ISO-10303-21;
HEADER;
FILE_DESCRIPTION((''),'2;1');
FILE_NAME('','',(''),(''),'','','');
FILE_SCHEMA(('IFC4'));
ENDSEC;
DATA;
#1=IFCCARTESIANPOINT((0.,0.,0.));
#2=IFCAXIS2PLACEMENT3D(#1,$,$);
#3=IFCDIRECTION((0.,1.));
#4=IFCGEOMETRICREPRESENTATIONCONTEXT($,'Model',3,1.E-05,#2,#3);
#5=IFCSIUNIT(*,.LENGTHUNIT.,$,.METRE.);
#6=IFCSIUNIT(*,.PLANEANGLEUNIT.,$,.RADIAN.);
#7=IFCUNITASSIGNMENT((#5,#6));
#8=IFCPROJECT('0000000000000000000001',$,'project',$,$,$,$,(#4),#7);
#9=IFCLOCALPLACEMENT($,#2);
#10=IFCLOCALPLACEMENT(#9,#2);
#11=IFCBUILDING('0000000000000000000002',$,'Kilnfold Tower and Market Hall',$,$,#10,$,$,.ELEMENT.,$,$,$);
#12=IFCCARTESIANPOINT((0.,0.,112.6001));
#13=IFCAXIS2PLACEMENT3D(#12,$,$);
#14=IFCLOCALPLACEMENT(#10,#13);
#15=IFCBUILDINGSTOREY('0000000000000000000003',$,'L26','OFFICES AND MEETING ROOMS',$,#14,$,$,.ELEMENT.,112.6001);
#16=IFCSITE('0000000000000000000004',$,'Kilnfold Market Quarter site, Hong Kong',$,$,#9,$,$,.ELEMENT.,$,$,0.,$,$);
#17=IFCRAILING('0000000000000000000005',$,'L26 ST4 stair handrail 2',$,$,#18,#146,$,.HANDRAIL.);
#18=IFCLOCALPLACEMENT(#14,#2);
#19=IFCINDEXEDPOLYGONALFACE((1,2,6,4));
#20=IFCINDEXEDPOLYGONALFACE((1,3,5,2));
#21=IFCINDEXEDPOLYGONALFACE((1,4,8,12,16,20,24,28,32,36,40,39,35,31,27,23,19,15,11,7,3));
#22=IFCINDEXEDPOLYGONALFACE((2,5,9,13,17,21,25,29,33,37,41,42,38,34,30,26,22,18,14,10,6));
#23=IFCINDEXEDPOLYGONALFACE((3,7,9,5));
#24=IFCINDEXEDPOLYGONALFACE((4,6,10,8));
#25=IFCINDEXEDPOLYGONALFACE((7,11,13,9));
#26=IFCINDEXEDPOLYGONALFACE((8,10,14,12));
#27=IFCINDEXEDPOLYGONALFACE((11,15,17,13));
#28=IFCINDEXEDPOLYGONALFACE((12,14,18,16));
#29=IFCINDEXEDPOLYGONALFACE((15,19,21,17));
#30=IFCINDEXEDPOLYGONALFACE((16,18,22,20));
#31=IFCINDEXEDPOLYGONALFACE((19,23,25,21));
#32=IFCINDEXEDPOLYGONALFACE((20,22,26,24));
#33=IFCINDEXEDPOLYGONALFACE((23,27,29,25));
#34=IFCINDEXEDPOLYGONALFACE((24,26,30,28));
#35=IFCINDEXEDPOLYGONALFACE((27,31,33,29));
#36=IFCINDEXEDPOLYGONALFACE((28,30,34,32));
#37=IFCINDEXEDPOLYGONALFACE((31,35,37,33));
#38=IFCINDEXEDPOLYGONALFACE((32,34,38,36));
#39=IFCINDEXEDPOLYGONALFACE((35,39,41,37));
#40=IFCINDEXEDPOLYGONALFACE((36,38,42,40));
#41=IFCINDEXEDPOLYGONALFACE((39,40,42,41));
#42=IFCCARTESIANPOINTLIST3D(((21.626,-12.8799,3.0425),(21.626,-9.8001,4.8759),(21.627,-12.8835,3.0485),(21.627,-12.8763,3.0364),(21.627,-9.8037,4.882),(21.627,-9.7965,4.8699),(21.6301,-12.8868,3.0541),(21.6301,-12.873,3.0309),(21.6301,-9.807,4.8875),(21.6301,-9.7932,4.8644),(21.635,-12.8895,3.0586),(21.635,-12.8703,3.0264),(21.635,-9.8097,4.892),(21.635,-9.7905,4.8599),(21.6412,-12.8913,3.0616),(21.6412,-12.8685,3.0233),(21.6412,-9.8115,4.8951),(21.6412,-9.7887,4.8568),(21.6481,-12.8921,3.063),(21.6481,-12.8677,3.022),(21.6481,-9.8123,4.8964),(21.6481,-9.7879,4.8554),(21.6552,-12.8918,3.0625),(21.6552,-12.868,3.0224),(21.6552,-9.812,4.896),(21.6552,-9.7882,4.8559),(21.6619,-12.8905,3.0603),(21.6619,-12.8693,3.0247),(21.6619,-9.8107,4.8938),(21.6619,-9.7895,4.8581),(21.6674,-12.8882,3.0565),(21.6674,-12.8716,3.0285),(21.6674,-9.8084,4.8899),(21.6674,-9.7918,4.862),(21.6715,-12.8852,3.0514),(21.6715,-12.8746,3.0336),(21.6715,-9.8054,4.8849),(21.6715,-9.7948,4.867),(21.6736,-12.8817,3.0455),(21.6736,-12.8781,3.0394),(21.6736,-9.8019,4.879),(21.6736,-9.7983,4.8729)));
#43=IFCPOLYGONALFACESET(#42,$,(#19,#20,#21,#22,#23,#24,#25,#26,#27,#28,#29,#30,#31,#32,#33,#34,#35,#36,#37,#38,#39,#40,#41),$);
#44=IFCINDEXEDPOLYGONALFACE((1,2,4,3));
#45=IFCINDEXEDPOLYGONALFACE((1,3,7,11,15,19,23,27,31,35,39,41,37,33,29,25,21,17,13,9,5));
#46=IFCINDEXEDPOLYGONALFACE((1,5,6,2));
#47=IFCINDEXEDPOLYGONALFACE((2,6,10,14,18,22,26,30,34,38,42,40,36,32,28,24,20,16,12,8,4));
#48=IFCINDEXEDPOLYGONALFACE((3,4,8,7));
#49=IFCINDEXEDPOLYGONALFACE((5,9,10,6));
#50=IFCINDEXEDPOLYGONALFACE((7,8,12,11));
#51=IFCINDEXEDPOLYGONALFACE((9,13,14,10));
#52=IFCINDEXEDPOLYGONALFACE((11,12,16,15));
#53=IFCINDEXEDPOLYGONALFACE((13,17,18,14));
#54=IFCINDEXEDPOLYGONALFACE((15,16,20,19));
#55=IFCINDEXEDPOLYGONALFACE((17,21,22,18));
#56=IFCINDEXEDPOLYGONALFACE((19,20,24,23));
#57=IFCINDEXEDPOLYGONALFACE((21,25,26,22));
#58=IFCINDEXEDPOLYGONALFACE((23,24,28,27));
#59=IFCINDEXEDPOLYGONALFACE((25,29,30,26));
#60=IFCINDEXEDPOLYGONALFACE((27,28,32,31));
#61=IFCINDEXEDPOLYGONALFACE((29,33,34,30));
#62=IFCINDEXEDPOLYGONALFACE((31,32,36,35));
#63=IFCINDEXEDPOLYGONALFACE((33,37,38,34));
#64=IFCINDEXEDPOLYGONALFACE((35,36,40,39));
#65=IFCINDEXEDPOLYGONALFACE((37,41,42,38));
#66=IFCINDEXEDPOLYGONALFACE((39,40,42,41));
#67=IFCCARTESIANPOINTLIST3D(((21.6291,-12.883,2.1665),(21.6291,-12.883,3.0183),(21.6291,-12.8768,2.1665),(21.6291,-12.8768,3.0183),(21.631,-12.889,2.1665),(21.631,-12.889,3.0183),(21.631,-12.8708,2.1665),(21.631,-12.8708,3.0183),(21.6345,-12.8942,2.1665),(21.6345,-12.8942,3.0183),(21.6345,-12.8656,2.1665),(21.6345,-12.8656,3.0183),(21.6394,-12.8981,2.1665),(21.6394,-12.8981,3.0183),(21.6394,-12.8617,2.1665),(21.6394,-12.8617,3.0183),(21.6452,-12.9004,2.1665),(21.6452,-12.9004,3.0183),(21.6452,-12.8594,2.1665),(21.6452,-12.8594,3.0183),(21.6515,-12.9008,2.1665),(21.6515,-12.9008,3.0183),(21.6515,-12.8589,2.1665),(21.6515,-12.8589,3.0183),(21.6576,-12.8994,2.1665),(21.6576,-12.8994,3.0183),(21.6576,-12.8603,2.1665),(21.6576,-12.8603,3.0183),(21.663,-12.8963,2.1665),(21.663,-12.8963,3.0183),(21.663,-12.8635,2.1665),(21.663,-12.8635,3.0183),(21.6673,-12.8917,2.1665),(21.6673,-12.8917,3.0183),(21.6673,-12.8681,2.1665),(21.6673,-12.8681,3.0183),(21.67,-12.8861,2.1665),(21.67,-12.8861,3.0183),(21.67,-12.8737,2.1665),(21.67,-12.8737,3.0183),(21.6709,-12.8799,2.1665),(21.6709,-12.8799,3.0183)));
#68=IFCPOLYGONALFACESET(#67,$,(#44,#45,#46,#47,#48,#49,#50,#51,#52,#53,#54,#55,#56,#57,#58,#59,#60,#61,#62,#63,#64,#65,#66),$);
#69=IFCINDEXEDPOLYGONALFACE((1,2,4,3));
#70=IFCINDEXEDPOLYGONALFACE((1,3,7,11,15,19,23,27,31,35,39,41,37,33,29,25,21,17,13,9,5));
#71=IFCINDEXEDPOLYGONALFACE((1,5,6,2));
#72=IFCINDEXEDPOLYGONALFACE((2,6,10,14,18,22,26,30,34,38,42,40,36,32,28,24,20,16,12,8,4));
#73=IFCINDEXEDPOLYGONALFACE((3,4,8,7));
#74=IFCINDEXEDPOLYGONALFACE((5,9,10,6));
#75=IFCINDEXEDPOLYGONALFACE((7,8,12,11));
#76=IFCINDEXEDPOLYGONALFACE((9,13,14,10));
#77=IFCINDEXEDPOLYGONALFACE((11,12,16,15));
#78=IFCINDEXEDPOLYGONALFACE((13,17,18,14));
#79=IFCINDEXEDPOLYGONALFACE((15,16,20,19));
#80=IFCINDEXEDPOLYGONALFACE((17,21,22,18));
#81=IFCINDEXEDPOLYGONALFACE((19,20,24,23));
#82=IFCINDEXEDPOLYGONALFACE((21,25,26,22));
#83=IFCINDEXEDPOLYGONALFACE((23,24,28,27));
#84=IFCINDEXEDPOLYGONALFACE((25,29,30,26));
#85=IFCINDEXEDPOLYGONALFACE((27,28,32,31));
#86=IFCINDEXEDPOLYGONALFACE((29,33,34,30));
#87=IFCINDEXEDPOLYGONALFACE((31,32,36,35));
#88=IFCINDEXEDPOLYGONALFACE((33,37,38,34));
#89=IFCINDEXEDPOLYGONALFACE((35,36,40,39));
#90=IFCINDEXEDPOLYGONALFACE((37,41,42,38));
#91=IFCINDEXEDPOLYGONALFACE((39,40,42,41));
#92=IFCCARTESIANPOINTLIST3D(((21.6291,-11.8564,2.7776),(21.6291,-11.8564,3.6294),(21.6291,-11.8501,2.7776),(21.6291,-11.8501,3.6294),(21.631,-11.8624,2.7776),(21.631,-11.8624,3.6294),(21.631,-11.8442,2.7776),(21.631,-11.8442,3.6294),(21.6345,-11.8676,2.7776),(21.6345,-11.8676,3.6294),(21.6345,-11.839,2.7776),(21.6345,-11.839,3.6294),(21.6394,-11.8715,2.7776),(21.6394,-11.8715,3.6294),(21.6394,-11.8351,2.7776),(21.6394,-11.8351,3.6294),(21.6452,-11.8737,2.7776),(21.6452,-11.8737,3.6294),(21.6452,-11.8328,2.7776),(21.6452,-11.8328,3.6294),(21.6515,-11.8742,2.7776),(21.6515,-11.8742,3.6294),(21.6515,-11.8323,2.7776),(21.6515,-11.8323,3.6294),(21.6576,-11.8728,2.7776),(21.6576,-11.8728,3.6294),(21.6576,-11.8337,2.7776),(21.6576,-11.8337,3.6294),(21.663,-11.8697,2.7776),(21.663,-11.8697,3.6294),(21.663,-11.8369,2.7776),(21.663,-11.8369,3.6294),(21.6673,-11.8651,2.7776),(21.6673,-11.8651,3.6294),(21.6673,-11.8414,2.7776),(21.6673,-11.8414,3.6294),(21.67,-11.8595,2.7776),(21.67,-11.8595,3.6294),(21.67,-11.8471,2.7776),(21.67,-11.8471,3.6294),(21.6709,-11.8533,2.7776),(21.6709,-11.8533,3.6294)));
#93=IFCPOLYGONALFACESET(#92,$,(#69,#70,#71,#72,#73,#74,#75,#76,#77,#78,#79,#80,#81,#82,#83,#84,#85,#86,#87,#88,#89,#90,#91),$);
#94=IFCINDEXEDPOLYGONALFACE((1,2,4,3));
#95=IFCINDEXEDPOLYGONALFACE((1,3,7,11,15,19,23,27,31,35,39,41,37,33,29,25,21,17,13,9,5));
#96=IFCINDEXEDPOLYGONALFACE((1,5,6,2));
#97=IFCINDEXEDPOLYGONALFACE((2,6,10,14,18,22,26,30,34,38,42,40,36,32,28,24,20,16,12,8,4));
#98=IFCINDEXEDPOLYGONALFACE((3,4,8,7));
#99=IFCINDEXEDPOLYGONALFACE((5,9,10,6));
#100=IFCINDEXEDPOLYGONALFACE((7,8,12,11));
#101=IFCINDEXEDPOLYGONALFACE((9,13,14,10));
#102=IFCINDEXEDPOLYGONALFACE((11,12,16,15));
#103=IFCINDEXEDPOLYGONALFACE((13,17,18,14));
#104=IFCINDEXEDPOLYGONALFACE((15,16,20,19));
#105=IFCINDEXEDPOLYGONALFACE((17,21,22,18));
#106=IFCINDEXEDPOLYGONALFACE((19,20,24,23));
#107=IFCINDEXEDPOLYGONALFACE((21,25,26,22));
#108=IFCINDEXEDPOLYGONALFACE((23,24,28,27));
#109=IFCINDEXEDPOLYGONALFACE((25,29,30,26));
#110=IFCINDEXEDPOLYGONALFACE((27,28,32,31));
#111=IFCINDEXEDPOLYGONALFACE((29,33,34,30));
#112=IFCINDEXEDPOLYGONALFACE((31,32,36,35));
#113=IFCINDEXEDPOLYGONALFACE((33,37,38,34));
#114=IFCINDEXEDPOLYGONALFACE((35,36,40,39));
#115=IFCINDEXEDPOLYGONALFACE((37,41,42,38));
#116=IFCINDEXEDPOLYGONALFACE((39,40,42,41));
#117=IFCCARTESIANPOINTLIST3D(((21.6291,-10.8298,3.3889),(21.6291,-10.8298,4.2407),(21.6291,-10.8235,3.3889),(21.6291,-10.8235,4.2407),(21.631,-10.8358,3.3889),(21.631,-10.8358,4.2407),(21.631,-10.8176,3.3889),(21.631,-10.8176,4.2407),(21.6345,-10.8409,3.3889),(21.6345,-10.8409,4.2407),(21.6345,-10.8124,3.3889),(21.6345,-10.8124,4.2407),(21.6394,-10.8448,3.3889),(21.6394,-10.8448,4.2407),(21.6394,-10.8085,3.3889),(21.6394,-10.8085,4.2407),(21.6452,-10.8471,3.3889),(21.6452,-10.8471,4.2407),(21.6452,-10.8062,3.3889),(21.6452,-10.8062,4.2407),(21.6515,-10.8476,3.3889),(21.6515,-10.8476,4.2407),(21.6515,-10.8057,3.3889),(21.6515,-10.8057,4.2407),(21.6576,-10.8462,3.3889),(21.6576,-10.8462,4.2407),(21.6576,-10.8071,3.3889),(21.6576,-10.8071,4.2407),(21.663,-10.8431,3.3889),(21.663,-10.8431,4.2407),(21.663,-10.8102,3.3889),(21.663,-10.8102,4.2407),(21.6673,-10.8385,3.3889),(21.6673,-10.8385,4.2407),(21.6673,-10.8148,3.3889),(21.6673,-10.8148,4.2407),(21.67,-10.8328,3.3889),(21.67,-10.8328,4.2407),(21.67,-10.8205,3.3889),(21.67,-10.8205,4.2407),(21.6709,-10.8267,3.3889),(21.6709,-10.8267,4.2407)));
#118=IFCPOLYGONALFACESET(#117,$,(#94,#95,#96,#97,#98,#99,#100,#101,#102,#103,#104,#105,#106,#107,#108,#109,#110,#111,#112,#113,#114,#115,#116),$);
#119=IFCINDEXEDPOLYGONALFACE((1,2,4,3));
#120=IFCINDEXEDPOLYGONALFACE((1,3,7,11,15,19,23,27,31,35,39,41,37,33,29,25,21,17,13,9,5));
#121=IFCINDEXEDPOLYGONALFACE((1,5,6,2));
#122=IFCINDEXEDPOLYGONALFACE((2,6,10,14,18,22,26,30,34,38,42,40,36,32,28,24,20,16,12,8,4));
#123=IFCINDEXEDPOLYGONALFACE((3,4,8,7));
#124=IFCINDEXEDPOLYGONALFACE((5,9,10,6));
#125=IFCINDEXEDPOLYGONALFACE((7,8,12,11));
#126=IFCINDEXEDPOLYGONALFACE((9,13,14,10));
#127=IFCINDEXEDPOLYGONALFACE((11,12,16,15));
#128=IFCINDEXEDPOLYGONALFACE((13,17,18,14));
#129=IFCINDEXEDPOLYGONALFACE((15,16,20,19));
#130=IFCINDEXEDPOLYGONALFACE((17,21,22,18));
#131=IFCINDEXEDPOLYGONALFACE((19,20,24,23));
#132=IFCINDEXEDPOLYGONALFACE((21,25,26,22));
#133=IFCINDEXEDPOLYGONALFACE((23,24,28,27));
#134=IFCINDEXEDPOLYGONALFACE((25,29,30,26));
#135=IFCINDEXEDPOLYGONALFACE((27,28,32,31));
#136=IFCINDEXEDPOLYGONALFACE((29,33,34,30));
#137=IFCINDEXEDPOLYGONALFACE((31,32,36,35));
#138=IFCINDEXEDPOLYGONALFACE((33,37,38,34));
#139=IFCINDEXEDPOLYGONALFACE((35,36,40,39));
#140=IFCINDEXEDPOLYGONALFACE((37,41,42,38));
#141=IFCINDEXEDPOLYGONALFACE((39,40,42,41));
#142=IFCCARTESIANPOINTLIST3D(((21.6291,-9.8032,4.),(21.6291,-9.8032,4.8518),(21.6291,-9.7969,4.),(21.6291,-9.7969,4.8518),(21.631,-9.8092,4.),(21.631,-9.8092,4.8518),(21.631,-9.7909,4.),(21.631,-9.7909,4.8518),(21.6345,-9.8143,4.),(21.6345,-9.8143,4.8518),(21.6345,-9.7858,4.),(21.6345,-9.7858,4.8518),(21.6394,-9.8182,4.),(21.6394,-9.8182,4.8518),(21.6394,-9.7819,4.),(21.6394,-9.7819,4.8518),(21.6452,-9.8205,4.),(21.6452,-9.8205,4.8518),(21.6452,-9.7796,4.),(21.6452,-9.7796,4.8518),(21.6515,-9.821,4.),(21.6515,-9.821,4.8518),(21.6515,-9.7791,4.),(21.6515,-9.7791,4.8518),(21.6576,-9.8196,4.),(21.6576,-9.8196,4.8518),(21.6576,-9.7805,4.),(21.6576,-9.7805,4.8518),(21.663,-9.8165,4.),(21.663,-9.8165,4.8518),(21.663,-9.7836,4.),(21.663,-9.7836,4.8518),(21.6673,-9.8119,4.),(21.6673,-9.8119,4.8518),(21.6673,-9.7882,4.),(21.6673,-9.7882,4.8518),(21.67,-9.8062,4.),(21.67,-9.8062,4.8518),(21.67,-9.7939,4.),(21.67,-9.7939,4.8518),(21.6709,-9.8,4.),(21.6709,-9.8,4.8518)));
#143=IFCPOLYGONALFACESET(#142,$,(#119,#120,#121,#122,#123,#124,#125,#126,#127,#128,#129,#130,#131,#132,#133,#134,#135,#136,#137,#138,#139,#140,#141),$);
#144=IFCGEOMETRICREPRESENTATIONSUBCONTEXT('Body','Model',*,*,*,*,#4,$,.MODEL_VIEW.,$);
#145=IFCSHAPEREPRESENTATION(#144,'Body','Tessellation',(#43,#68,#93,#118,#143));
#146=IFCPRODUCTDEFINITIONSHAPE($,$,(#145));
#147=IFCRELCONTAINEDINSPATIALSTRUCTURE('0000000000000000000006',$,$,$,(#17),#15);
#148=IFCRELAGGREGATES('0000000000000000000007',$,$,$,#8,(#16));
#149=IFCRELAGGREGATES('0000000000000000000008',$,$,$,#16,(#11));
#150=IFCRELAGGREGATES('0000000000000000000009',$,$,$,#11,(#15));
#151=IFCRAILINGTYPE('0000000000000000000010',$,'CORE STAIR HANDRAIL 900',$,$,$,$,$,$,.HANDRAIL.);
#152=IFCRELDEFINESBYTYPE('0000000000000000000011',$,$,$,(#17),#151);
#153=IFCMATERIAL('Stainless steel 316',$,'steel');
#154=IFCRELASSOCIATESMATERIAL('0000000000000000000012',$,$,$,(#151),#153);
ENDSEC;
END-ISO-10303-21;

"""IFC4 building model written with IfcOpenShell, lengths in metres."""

from ifc_helpers import new_model, si_unit, direction, frame, origin, origin_2d, place, context, subcontext, project, spatial, circle, extrude, material, type_object, element, save


model = new_model("IFC4")

# Units and contexts
model_context = context("Model", 3, precision=1e-05, world=origin(), true_north=direction((0.0, 1.0)))
body_context = subcontext(model_context, "Body", "Model", "MODEL_VIEW")
ifc_project = project(units=[si_unit("LENGTHUNIT", "METRE"), si_unit("PLANEANGLEUNIT", "RADIAN")], contexts=[model_context])

# Site, building, storey
site_placement = place(None, origin())
site = spatial("IfcSite", under=ifc_project, at=site_placement, Name="Kilnfold Market Quarter site, Hong Kong", CompositionType="ELEMENT", RefElevation=0.0)
building_placement = place(site_placement, origin())
building = spatial("IfcBuilding", under=site, at=building_placement, Name="Kilnfold Tower and Market Hall", CompositionType="ELEMENT")
storey_placement = place(building_placement, frame((0.0, 0.0, 112.6001)))
storey = spatial("IfcBuildingStorey", under=building, at=storey_placement, Name="L26", Description="OFFICES AND MEETING ROOMS", CompositionType="ELEMENT", Elevation=112.6001)

# Railing
ifc_material_1 = material(Name="Stainless steel 316", Category="steel")
railing_type_1 = type_object("IfcRailingType", Name="CORE STAIR HANDRAIL 900", PredefinedType="HANDRAIL", material=ifc_material_1)
railing_1_placement = place(storey_placement, frame((21.6499, -12.8799, 2.1665)))
element("IfcRailing", 1, at=railing_1_placement, inside=storey, type_object=railing_type_1, Name="L26 ST4 stair handrail 2", PredefinedType="HANDRAIL", context=body_context, shape_type="SweptSolid", body=[
    extrude(circle(Radius=0.0239, at=origin_2d()), frame((0.0, 0.0, 0.876), z_axis=(0.0, 0.859261, 0.511538), x_axis=(-1.0, 0.0, 0.0)), (0.0, 0.0, 1.0), 3.5842),
    extrude(circle(Radius=0.021, at=origin_2d()), origin(), (0.0, 0.0, 1.0), 0.8518),
    extrude(circle(Radius=0.021, at=origin_2d()), frame((0.0, 1.0266, 0.6111)), (0.0, 0.0, 1.0), 0.8518),
    extrude(circle(Radius=0.021, at=origin_2d()), frame((0.0, 2.0532, 1.2224)), (0.0, 0.0, 1.0), 0.8518),
    extrude(circle(Radius=0.021, at=origin_2d()), frame((0.0, 3.0798, 1.8335)), (0.0, 0.0, 1.0), 0.8518),
])

save(model, "model.ifc")
